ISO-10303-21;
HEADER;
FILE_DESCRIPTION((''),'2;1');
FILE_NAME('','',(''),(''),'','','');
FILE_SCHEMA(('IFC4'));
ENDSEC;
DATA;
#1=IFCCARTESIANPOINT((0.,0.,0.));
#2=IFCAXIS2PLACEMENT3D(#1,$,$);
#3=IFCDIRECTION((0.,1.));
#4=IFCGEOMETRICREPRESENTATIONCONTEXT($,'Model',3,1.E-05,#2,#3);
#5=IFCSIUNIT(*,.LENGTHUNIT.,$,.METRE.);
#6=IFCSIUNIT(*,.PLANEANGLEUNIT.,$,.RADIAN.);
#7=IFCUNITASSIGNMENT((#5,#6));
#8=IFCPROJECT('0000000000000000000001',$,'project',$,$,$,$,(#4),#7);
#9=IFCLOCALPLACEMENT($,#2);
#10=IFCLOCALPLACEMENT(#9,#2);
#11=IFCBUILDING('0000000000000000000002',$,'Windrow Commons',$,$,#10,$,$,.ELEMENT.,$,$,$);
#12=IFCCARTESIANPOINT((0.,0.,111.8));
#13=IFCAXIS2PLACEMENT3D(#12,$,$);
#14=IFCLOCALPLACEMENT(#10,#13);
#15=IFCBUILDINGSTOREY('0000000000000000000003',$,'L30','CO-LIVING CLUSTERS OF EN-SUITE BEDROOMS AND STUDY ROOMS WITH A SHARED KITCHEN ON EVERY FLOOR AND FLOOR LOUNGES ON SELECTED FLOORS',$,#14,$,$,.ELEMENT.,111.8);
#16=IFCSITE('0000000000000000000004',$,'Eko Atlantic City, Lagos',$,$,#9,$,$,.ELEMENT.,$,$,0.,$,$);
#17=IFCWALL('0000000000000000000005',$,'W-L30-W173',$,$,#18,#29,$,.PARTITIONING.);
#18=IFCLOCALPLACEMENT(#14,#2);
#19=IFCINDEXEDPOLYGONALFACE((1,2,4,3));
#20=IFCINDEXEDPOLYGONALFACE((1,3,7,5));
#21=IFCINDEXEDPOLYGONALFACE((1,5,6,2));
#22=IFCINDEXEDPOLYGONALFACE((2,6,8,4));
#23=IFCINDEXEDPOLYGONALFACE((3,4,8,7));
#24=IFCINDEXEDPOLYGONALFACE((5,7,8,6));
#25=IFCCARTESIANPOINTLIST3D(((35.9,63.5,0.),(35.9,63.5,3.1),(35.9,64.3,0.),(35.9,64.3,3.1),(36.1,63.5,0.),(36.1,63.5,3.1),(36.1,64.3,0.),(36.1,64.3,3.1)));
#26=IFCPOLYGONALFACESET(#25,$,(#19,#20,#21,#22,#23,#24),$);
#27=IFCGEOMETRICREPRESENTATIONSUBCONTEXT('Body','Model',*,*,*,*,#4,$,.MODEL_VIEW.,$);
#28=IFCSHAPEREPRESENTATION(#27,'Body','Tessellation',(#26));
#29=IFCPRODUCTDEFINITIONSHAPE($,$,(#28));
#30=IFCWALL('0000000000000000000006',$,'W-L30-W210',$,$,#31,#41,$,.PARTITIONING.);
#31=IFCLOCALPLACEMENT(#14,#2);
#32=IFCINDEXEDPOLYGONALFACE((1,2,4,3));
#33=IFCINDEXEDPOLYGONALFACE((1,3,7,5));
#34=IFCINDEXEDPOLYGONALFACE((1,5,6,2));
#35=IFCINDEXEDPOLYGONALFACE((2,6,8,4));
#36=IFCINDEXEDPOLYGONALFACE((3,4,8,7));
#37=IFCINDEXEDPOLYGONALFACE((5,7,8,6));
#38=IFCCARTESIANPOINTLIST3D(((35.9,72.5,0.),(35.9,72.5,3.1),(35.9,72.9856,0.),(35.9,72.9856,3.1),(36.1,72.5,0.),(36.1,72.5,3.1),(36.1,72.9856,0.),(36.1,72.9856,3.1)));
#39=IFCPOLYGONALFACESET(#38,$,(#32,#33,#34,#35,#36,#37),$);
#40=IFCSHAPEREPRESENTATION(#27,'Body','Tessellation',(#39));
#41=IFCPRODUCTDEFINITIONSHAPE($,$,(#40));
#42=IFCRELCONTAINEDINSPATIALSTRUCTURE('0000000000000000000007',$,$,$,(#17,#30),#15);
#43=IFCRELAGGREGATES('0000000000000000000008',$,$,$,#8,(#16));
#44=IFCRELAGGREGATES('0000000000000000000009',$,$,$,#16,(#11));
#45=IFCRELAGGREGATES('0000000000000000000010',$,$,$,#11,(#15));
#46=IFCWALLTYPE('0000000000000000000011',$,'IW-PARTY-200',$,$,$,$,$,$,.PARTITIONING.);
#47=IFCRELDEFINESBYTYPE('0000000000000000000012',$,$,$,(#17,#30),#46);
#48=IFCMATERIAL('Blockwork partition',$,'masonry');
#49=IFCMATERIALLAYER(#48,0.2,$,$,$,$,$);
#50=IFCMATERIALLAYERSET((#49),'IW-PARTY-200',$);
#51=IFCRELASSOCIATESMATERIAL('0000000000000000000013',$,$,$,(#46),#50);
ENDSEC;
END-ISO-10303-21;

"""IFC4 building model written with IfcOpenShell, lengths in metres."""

from ifc_helpers import new_model, si_unit, direction, frame, frame_2d, origin, place, context, subcontext, project, spatial, rectangle, extrude, material, layer, layer_set, type_object, element, save


model = new_model("IFC4")

# Units and contexts
model_context = context("Model", 3, precision=1e-05, world=origin(), true_north=direction((0.0, 1.0)))
body_context = subcontext(model_context, "Body", "Model", "MODEL_VIEW")
ifc_project = project(units=[si_unit("LENGTHUNIT", "METRE"), si_unit("PLANEANGLEUNIT", "RADIAN")], contexts=[model_context])

# Site, building, storey
site_placement = place(None, origin())
site = spatial("IfcSite", under=ifc_project, at=site_placement, Name="Eko Atlantic City, Lagos", CompositionType="ELEMENT", RefElevation=0.0)
building_placement = place(site_placement, origin())
building = spatial("IfcBuilding", under=site, at=building_placement, Name="Windrow Commons", CompositionType="ELEMENT")
storey_placement = place(building_placement, frame((0.0, 0.0, 111.8)))
storey = spatial("IfcBuildingStorey", under=building, at=storey_placement, Name="L30", Description="CO-LIVING CLUSTERS OF EN-SUITE BEDROOMS AND STUDY ROOMS WITH A SHARED KITCHEN ON EVERY FLOOR AND FLOOR LOUNGES ON SELECTED FLOORS", CompositionType="ELEMENT", Elevation=111.8)

# Walls
ifc_material_1 = material(Name="Blockwork partition", Category="masonry")
ifc_layer_1 = layer(ifc_material_1, 0.2)
ifc_layer_set_1 = layer_set([ifc_layer_1], Name="IW-PARTY-200")
wall_type_1 = type_object("IfcWallType", Name="IW-PARTY-200", PredefinedType="PARTITIONING", material=ifc_layer_set_1)
wall_1_placement = place(storey_placement, frame((36.0, 63.5, 0.0), z_axis=(0.0, 0.0, 1.0), x_axis=(0.0, 1.0, 0.0)))
element("IfcWall", 1, at=wall_1_placement, inside=storey, type_object=wall_type_1, Name="W-L30-W173", PredefinedType="PARTITIONING", context=body_context, shape_type="SweptSolid", body=[
    extrude(rectangle(XDim=0.8, YDim=0.2, at=frame_2d((0.4, 0.0))), origin(), (0.0, 0.0, 1.0), 3.1),
])
wall_2_placement = place(storey_placement, frame((36.0, 72.5, 0.0), z_axis=(0.0, 0.0, 1.0), x_axis=(0.0, 1.0, 0.0)))
element("IfcWall", 2, at=wall_2_placement, inside=storey, type_object=wall_type_1, Name="W-L30-W210", PredefinedType="PARTITIONING", context=body_context, shape_type="SweptSolid", body=[
    extrude(rectangle(XDim=0.4856, YDim=0.2, at=frame_2d((0.2428, 0.0))), origin(), (0.0, 0.0, 1.0), 3.1),
])

save(model, "model.ifc")
